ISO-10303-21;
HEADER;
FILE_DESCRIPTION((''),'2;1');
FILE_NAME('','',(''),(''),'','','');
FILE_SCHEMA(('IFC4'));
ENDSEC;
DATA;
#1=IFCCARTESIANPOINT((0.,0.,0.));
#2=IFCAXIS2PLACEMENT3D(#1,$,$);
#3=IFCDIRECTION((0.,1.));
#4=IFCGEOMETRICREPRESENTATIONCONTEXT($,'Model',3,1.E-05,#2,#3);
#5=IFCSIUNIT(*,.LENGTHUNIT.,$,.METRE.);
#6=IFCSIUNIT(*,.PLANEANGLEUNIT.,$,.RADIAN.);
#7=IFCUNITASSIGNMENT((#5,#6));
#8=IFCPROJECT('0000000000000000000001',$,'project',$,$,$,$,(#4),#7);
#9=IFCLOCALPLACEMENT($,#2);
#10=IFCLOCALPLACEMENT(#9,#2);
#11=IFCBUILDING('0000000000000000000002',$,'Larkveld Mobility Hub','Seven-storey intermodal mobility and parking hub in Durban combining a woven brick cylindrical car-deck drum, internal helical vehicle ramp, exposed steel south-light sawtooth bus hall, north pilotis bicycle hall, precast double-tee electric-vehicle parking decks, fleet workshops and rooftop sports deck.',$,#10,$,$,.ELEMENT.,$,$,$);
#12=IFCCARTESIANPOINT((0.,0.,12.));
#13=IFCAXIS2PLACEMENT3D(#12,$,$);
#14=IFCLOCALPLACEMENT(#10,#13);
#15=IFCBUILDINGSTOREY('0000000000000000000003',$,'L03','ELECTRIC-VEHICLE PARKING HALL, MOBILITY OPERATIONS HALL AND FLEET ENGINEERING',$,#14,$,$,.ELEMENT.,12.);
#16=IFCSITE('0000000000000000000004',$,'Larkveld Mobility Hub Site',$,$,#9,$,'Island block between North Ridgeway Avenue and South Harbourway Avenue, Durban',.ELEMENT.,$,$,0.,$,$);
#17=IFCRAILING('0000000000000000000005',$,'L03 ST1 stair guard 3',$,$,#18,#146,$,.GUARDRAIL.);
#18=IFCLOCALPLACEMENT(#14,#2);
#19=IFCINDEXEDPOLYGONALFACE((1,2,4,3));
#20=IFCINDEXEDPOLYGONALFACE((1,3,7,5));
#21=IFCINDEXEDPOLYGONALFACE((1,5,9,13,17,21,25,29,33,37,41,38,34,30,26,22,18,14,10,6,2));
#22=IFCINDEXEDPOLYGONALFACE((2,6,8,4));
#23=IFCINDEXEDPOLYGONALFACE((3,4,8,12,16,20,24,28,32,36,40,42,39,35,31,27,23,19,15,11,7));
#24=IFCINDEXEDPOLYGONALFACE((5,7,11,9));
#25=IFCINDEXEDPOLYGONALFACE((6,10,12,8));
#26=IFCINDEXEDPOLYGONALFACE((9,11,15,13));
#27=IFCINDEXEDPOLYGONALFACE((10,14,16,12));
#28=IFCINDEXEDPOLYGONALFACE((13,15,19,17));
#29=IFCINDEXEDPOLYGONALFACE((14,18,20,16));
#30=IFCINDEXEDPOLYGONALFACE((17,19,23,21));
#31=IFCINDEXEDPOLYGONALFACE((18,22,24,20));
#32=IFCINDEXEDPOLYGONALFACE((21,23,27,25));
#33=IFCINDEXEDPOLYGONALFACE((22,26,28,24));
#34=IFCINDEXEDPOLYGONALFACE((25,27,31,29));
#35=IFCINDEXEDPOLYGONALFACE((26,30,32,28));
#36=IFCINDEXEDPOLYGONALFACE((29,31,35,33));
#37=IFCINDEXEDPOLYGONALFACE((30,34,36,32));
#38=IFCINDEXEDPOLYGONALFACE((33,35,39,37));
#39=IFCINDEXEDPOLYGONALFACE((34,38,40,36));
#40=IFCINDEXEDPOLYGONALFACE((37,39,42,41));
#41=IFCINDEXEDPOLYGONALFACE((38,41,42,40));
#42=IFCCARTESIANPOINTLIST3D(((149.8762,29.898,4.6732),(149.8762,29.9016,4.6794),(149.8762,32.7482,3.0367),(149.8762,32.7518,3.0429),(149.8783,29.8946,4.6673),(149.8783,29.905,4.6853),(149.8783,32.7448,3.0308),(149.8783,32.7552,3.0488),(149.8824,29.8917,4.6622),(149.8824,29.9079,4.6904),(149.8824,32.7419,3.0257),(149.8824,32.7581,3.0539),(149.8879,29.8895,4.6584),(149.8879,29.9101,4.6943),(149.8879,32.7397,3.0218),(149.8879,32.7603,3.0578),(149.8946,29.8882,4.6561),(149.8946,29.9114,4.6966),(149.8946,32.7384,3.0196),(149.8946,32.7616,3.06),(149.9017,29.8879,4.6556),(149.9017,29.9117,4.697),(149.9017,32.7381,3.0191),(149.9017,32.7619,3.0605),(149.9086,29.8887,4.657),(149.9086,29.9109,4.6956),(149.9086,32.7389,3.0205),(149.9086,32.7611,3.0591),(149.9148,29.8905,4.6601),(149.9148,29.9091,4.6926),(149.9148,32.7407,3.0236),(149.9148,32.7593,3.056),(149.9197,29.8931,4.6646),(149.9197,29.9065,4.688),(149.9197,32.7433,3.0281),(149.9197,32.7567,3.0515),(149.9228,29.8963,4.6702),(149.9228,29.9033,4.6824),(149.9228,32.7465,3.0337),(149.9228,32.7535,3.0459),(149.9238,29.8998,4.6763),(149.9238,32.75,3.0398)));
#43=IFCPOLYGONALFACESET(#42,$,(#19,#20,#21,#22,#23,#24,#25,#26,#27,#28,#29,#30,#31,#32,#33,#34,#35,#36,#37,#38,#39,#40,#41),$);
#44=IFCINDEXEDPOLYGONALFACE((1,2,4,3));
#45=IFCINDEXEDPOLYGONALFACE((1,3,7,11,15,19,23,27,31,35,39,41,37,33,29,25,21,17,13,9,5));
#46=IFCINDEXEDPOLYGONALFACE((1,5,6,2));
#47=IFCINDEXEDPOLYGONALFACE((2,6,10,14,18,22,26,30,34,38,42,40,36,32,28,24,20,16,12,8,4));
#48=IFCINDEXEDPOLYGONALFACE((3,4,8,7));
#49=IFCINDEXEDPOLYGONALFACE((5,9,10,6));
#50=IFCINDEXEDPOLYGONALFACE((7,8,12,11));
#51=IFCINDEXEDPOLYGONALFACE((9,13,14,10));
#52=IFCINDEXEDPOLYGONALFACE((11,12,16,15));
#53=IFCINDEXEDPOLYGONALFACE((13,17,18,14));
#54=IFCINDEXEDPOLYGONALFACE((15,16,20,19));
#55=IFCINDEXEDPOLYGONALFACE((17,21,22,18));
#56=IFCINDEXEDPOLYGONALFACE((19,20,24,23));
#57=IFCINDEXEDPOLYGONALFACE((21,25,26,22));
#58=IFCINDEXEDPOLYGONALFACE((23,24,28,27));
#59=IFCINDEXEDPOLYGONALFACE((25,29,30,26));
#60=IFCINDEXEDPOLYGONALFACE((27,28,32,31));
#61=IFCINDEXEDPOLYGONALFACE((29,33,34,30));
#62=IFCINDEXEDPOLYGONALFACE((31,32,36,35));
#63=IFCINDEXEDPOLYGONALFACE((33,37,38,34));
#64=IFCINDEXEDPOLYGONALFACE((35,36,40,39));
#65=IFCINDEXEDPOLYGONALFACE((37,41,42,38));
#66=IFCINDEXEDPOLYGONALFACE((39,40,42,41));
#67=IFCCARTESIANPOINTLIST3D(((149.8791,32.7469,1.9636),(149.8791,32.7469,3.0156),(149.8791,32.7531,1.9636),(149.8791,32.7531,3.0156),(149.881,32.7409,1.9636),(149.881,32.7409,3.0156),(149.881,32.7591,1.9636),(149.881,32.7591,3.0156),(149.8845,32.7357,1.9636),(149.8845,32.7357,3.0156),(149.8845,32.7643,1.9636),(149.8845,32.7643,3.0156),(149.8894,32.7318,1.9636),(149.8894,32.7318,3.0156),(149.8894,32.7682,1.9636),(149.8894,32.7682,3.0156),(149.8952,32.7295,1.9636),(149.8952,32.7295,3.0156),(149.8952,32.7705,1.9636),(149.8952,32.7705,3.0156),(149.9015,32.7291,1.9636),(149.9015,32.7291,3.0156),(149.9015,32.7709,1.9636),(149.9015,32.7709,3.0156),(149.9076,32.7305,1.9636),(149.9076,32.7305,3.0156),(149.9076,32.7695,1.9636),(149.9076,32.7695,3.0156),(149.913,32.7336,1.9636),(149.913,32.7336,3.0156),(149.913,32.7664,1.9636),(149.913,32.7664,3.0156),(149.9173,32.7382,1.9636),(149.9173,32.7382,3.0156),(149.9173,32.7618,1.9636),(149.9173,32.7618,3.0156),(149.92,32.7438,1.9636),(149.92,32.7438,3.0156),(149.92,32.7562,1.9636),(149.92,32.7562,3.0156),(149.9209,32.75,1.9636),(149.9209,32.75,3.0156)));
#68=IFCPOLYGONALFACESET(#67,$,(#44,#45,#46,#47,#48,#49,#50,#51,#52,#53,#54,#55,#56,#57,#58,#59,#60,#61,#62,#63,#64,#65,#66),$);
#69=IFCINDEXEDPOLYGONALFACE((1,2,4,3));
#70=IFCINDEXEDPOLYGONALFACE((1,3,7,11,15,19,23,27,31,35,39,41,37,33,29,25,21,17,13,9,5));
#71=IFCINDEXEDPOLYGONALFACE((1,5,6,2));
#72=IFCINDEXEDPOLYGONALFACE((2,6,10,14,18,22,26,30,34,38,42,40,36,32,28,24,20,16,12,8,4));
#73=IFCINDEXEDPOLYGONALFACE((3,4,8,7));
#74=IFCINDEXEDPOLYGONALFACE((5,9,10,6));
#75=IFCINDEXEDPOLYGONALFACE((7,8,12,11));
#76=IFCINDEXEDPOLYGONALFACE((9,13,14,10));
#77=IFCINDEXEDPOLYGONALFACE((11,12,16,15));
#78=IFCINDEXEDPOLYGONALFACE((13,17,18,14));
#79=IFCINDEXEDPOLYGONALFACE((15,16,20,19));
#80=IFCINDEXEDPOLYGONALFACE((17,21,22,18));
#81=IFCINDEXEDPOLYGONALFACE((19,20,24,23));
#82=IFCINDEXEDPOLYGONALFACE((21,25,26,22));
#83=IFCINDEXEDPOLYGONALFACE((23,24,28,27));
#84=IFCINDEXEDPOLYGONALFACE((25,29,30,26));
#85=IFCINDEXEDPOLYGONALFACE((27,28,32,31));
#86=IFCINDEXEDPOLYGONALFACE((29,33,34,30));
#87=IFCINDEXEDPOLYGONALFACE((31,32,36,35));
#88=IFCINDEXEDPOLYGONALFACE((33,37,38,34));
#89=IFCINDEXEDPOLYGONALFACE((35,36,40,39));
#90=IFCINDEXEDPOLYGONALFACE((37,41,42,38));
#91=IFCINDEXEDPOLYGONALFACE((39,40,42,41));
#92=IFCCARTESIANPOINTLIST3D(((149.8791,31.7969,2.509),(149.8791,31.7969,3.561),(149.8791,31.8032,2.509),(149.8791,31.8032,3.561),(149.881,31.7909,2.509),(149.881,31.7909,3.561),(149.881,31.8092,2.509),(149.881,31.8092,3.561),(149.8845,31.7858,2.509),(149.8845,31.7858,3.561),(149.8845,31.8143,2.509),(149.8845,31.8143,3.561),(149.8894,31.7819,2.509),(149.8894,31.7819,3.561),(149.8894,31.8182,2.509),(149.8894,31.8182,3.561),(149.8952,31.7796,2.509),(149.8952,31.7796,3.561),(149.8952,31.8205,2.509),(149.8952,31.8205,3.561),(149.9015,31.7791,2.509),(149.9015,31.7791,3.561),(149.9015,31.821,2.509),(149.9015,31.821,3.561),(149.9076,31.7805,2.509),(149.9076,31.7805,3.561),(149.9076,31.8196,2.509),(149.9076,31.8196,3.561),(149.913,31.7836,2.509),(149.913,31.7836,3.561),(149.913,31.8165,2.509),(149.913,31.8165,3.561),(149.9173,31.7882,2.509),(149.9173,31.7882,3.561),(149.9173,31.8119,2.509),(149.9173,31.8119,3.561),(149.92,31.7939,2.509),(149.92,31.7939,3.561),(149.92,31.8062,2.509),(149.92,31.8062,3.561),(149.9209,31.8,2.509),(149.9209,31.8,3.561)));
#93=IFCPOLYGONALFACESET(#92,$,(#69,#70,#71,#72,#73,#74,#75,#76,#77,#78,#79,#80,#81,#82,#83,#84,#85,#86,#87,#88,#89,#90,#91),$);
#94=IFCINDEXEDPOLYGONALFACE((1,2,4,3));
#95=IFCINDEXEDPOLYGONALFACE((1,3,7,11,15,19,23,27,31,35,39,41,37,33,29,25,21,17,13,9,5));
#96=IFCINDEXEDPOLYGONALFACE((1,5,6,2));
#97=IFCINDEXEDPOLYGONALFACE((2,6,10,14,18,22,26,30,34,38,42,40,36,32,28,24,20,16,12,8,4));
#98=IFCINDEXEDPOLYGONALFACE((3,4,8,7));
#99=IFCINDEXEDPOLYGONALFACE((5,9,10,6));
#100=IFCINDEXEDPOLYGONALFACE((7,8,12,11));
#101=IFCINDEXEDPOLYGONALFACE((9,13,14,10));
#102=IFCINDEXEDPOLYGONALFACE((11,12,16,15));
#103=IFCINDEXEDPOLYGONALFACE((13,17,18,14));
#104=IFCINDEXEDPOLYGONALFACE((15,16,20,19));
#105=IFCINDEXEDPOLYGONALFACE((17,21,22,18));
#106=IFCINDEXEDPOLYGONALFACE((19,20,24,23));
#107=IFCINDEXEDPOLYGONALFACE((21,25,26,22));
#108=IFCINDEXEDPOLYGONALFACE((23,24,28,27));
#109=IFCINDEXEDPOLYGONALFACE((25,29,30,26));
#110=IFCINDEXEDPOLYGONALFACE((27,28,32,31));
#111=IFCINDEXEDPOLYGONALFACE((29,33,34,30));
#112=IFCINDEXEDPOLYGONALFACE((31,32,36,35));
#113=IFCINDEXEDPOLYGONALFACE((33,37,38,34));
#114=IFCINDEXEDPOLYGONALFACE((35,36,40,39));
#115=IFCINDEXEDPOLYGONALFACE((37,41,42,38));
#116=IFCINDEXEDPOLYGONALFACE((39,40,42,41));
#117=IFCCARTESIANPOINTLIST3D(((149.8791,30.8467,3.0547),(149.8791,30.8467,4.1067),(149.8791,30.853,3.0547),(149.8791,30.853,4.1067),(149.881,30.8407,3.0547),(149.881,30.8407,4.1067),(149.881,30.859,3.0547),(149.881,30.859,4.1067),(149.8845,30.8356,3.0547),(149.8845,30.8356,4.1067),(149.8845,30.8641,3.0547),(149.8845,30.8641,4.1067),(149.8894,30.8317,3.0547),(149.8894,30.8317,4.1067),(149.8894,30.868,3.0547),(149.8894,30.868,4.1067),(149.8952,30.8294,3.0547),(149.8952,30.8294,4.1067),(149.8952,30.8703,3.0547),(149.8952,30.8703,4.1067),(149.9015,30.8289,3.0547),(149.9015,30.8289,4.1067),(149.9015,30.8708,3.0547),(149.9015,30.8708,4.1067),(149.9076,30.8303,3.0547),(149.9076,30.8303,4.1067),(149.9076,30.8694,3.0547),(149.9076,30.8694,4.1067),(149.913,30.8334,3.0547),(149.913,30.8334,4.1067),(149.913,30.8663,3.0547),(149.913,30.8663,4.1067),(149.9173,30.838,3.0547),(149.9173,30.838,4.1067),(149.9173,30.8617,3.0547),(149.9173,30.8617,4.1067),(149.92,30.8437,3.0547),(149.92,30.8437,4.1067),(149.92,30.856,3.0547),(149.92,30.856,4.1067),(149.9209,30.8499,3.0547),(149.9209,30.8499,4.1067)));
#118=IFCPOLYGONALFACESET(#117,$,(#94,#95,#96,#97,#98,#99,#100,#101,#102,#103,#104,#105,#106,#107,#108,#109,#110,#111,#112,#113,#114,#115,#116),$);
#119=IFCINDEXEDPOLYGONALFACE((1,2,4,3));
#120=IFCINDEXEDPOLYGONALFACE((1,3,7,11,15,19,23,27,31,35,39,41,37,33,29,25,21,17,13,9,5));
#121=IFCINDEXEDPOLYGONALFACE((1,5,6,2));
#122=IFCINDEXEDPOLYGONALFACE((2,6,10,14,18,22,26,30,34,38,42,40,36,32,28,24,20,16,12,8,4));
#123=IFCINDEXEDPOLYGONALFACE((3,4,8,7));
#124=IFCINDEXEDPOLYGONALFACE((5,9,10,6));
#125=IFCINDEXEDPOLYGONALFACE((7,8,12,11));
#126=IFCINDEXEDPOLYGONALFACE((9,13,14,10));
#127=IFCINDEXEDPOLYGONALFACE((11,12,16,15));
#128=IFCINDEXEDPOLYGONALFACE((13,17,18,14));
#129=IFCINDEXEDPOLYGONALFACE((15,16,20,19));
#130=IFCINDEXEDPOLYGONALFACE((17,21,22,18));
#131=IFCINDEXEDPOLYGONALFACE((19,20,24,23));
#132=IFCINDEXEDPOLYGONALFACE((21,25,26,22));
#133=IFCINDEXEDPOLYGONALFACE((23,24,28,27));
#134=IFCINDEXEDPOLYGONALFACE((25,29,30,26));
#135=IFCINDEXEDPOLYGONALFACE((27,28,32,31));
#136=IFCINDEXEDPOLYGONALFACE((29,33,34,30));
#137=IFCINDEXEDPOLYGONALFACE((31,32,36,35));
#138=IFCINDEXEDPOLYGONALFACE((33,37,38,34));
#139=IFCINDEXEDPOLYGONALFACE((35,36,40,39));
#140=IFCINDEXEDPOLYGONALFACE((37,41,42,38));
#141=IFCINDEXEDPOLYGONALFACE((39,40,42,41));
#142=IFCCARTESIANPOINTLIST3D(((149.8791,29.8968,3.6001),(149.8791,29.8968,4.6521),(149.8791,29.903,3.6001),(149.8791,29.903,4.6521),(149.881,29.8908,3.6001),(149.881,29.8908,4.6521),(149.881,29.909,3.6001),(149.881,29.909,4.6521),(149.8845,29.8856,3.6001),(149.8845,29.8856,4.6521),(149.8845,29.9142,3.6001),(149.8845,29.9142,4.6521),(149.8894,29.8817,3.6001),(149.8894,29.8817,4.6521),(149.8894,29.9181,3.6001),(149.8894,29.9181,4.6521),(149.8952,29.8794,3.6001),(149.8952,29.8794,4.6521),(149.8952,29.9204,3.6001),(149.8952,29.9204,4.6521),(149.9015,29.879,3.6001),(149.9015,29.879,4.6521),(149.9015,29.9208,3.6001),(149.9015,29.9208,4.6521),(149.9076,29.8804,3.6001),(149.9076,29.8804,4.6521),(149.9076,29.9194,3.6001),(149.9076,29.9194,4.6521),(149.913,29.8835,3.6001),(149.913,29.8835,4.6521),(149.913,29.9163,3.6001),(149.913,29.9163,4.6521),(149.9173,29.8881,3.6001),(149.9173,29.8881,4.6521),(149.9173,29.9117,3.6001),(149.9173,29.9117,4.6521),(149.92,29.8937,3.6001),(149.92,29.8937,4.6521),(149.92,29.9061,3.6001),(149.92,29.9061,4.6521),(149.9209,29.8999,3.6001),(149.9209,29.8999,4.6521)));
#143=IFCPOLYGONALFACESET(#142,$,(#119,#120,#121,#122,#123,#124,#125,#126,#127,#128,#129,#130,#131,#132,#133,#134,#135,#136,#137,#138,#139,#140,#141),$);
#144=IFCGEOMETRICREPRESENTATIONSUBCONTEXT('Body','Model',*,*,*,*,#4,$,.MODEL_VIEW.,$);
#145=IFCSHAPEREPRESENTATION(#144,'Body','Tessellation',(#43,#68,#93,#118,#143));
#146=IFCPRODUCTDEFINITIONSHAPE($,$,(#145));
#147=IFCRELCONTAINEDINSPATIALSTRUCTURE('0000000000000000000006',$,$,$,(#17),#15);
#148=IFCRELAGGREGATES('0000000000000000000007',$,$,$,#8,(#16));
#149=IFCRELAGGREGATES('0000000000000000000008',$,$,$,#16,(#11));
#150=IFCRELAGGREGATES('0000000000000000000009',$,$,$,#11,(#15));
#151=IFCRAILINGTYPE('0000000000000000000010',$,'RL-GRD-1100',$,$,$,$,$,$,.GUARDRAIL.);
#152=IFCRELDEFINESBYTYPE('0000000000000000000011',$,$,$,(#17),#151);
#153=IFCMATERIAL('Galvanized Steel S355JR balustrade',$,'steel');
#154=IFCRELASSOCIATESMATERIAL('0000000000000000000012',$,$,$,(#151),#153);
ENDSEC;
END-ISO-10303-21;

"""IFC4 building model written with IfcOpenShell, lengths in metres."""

from ifc_helpers import new_model, si_unit, direction, frame, origin, origin_2d, place, context, subcontext, project, spatial, circle, extrude, material, type_object, element, save


model = new_model("IFC4")

# Units and contexts
model_context = context("Model", 3, precision=1e-05, world=origin(), true_north=direction((0.0, 1.0)))
body_context = subcontext(model_context, "Body", "Model", "MODEL_VIEW")
ifc_project = project(units=[si_unit("LENGTHUNIT", "METRE"), si_unit("PLANEANGLEUNIT", "RADIAN")], contexts=[model_context])

# Site, building, storey
site_placement = place(None, origin())
site = spatial("IfcSite", under=ifc_project, at=site_placement, Name="Larkveld Mobility Hub Site", LongName="Island block between North Ridgeway Avenue and South Harbourway Avenue, Durban", CompositionType="ELEMENT", RefElevation=0.0)
building_placement = place(site_placement, origin())
building = spatial("IfcBuilding", under=site, at=building_placement, Name="Larkveld Mobility Hub", Description="Seven-storey intermodal mobility and parking hub in Durban combining a woven brick cylindrical car-deck drum, internal helical vehicle ramp, exposed steel south-light sawtooth bus hall, north pilotis bicycle hall, precast double-tee electric-vehicle parking decks, fleet workshops and rooftop sports deck.", CompositionType="ELEMENT")
storey_placement = place(building_placement, frame((0.0, 0.0, 12.0)))
storey = spatial("IfcBuildingStorey", under=building, at=storey_placement, Name="L03", Description="ELECTRIC-VEHICLE PARKING HALL, MOBILITY OPERATIONS HALL AND FLEET ENGINEERING", CompositionType="ELEMENT", Elevation=12.0)

# Railing
ifc_material_1 = material(Name="Galvanized Steel S355JR balustrade", Category="steel")
railing_type_1 = type_object("IfcRailingType", Name="RL-GRD-1100", PredefinedType="GUARDRAIL", material=ifc_material_1)
railing_1_placement = place(storey_placement, frame((149.8999, 32.75, 1.9636)))
element("IfcRailing", 1, at=railing_1_placement, inside=storey, type_object=railing_type_1, Name="L03 ST1 stair guard 3", PredefinedType="GUARDRAIL", context=body_context, shape_type="SweptSolid", body=[
    extrude(circle(Radius=0.0239, at=origin_2d()), frame((0.0, 0.0, 1.0762), z_axis=(0.0, -0.867213, 0.497938), x_axis=(1.0, 0.0, 0.0)), (0.0, 0.0, 1.0), 3.2866),
    extrude(circle(Radius=0.021, at=origin_2d()), origin(), (0.0, 0.0, 1.0), 1.052),
    extrude(circle(Radius=0.021, at=origin_2d()), frame((0.0, -0.95, 0.5454)), (0.0, 0.0, 1.0), 1.052),
    extrude(circle(Radius=0.021, at=origin_2d()), frame((0.0, -1.9001, 1.0911)), (0.0, 0.0, 1.0), 1.052),
    extrude(circle(Radius=0.021, at=origin_2d()), frame((0.0, -2.8501, 1.6365)), (0.0, 0.0, 1.0), 1.052),
])

save(model, "model.ifc")
